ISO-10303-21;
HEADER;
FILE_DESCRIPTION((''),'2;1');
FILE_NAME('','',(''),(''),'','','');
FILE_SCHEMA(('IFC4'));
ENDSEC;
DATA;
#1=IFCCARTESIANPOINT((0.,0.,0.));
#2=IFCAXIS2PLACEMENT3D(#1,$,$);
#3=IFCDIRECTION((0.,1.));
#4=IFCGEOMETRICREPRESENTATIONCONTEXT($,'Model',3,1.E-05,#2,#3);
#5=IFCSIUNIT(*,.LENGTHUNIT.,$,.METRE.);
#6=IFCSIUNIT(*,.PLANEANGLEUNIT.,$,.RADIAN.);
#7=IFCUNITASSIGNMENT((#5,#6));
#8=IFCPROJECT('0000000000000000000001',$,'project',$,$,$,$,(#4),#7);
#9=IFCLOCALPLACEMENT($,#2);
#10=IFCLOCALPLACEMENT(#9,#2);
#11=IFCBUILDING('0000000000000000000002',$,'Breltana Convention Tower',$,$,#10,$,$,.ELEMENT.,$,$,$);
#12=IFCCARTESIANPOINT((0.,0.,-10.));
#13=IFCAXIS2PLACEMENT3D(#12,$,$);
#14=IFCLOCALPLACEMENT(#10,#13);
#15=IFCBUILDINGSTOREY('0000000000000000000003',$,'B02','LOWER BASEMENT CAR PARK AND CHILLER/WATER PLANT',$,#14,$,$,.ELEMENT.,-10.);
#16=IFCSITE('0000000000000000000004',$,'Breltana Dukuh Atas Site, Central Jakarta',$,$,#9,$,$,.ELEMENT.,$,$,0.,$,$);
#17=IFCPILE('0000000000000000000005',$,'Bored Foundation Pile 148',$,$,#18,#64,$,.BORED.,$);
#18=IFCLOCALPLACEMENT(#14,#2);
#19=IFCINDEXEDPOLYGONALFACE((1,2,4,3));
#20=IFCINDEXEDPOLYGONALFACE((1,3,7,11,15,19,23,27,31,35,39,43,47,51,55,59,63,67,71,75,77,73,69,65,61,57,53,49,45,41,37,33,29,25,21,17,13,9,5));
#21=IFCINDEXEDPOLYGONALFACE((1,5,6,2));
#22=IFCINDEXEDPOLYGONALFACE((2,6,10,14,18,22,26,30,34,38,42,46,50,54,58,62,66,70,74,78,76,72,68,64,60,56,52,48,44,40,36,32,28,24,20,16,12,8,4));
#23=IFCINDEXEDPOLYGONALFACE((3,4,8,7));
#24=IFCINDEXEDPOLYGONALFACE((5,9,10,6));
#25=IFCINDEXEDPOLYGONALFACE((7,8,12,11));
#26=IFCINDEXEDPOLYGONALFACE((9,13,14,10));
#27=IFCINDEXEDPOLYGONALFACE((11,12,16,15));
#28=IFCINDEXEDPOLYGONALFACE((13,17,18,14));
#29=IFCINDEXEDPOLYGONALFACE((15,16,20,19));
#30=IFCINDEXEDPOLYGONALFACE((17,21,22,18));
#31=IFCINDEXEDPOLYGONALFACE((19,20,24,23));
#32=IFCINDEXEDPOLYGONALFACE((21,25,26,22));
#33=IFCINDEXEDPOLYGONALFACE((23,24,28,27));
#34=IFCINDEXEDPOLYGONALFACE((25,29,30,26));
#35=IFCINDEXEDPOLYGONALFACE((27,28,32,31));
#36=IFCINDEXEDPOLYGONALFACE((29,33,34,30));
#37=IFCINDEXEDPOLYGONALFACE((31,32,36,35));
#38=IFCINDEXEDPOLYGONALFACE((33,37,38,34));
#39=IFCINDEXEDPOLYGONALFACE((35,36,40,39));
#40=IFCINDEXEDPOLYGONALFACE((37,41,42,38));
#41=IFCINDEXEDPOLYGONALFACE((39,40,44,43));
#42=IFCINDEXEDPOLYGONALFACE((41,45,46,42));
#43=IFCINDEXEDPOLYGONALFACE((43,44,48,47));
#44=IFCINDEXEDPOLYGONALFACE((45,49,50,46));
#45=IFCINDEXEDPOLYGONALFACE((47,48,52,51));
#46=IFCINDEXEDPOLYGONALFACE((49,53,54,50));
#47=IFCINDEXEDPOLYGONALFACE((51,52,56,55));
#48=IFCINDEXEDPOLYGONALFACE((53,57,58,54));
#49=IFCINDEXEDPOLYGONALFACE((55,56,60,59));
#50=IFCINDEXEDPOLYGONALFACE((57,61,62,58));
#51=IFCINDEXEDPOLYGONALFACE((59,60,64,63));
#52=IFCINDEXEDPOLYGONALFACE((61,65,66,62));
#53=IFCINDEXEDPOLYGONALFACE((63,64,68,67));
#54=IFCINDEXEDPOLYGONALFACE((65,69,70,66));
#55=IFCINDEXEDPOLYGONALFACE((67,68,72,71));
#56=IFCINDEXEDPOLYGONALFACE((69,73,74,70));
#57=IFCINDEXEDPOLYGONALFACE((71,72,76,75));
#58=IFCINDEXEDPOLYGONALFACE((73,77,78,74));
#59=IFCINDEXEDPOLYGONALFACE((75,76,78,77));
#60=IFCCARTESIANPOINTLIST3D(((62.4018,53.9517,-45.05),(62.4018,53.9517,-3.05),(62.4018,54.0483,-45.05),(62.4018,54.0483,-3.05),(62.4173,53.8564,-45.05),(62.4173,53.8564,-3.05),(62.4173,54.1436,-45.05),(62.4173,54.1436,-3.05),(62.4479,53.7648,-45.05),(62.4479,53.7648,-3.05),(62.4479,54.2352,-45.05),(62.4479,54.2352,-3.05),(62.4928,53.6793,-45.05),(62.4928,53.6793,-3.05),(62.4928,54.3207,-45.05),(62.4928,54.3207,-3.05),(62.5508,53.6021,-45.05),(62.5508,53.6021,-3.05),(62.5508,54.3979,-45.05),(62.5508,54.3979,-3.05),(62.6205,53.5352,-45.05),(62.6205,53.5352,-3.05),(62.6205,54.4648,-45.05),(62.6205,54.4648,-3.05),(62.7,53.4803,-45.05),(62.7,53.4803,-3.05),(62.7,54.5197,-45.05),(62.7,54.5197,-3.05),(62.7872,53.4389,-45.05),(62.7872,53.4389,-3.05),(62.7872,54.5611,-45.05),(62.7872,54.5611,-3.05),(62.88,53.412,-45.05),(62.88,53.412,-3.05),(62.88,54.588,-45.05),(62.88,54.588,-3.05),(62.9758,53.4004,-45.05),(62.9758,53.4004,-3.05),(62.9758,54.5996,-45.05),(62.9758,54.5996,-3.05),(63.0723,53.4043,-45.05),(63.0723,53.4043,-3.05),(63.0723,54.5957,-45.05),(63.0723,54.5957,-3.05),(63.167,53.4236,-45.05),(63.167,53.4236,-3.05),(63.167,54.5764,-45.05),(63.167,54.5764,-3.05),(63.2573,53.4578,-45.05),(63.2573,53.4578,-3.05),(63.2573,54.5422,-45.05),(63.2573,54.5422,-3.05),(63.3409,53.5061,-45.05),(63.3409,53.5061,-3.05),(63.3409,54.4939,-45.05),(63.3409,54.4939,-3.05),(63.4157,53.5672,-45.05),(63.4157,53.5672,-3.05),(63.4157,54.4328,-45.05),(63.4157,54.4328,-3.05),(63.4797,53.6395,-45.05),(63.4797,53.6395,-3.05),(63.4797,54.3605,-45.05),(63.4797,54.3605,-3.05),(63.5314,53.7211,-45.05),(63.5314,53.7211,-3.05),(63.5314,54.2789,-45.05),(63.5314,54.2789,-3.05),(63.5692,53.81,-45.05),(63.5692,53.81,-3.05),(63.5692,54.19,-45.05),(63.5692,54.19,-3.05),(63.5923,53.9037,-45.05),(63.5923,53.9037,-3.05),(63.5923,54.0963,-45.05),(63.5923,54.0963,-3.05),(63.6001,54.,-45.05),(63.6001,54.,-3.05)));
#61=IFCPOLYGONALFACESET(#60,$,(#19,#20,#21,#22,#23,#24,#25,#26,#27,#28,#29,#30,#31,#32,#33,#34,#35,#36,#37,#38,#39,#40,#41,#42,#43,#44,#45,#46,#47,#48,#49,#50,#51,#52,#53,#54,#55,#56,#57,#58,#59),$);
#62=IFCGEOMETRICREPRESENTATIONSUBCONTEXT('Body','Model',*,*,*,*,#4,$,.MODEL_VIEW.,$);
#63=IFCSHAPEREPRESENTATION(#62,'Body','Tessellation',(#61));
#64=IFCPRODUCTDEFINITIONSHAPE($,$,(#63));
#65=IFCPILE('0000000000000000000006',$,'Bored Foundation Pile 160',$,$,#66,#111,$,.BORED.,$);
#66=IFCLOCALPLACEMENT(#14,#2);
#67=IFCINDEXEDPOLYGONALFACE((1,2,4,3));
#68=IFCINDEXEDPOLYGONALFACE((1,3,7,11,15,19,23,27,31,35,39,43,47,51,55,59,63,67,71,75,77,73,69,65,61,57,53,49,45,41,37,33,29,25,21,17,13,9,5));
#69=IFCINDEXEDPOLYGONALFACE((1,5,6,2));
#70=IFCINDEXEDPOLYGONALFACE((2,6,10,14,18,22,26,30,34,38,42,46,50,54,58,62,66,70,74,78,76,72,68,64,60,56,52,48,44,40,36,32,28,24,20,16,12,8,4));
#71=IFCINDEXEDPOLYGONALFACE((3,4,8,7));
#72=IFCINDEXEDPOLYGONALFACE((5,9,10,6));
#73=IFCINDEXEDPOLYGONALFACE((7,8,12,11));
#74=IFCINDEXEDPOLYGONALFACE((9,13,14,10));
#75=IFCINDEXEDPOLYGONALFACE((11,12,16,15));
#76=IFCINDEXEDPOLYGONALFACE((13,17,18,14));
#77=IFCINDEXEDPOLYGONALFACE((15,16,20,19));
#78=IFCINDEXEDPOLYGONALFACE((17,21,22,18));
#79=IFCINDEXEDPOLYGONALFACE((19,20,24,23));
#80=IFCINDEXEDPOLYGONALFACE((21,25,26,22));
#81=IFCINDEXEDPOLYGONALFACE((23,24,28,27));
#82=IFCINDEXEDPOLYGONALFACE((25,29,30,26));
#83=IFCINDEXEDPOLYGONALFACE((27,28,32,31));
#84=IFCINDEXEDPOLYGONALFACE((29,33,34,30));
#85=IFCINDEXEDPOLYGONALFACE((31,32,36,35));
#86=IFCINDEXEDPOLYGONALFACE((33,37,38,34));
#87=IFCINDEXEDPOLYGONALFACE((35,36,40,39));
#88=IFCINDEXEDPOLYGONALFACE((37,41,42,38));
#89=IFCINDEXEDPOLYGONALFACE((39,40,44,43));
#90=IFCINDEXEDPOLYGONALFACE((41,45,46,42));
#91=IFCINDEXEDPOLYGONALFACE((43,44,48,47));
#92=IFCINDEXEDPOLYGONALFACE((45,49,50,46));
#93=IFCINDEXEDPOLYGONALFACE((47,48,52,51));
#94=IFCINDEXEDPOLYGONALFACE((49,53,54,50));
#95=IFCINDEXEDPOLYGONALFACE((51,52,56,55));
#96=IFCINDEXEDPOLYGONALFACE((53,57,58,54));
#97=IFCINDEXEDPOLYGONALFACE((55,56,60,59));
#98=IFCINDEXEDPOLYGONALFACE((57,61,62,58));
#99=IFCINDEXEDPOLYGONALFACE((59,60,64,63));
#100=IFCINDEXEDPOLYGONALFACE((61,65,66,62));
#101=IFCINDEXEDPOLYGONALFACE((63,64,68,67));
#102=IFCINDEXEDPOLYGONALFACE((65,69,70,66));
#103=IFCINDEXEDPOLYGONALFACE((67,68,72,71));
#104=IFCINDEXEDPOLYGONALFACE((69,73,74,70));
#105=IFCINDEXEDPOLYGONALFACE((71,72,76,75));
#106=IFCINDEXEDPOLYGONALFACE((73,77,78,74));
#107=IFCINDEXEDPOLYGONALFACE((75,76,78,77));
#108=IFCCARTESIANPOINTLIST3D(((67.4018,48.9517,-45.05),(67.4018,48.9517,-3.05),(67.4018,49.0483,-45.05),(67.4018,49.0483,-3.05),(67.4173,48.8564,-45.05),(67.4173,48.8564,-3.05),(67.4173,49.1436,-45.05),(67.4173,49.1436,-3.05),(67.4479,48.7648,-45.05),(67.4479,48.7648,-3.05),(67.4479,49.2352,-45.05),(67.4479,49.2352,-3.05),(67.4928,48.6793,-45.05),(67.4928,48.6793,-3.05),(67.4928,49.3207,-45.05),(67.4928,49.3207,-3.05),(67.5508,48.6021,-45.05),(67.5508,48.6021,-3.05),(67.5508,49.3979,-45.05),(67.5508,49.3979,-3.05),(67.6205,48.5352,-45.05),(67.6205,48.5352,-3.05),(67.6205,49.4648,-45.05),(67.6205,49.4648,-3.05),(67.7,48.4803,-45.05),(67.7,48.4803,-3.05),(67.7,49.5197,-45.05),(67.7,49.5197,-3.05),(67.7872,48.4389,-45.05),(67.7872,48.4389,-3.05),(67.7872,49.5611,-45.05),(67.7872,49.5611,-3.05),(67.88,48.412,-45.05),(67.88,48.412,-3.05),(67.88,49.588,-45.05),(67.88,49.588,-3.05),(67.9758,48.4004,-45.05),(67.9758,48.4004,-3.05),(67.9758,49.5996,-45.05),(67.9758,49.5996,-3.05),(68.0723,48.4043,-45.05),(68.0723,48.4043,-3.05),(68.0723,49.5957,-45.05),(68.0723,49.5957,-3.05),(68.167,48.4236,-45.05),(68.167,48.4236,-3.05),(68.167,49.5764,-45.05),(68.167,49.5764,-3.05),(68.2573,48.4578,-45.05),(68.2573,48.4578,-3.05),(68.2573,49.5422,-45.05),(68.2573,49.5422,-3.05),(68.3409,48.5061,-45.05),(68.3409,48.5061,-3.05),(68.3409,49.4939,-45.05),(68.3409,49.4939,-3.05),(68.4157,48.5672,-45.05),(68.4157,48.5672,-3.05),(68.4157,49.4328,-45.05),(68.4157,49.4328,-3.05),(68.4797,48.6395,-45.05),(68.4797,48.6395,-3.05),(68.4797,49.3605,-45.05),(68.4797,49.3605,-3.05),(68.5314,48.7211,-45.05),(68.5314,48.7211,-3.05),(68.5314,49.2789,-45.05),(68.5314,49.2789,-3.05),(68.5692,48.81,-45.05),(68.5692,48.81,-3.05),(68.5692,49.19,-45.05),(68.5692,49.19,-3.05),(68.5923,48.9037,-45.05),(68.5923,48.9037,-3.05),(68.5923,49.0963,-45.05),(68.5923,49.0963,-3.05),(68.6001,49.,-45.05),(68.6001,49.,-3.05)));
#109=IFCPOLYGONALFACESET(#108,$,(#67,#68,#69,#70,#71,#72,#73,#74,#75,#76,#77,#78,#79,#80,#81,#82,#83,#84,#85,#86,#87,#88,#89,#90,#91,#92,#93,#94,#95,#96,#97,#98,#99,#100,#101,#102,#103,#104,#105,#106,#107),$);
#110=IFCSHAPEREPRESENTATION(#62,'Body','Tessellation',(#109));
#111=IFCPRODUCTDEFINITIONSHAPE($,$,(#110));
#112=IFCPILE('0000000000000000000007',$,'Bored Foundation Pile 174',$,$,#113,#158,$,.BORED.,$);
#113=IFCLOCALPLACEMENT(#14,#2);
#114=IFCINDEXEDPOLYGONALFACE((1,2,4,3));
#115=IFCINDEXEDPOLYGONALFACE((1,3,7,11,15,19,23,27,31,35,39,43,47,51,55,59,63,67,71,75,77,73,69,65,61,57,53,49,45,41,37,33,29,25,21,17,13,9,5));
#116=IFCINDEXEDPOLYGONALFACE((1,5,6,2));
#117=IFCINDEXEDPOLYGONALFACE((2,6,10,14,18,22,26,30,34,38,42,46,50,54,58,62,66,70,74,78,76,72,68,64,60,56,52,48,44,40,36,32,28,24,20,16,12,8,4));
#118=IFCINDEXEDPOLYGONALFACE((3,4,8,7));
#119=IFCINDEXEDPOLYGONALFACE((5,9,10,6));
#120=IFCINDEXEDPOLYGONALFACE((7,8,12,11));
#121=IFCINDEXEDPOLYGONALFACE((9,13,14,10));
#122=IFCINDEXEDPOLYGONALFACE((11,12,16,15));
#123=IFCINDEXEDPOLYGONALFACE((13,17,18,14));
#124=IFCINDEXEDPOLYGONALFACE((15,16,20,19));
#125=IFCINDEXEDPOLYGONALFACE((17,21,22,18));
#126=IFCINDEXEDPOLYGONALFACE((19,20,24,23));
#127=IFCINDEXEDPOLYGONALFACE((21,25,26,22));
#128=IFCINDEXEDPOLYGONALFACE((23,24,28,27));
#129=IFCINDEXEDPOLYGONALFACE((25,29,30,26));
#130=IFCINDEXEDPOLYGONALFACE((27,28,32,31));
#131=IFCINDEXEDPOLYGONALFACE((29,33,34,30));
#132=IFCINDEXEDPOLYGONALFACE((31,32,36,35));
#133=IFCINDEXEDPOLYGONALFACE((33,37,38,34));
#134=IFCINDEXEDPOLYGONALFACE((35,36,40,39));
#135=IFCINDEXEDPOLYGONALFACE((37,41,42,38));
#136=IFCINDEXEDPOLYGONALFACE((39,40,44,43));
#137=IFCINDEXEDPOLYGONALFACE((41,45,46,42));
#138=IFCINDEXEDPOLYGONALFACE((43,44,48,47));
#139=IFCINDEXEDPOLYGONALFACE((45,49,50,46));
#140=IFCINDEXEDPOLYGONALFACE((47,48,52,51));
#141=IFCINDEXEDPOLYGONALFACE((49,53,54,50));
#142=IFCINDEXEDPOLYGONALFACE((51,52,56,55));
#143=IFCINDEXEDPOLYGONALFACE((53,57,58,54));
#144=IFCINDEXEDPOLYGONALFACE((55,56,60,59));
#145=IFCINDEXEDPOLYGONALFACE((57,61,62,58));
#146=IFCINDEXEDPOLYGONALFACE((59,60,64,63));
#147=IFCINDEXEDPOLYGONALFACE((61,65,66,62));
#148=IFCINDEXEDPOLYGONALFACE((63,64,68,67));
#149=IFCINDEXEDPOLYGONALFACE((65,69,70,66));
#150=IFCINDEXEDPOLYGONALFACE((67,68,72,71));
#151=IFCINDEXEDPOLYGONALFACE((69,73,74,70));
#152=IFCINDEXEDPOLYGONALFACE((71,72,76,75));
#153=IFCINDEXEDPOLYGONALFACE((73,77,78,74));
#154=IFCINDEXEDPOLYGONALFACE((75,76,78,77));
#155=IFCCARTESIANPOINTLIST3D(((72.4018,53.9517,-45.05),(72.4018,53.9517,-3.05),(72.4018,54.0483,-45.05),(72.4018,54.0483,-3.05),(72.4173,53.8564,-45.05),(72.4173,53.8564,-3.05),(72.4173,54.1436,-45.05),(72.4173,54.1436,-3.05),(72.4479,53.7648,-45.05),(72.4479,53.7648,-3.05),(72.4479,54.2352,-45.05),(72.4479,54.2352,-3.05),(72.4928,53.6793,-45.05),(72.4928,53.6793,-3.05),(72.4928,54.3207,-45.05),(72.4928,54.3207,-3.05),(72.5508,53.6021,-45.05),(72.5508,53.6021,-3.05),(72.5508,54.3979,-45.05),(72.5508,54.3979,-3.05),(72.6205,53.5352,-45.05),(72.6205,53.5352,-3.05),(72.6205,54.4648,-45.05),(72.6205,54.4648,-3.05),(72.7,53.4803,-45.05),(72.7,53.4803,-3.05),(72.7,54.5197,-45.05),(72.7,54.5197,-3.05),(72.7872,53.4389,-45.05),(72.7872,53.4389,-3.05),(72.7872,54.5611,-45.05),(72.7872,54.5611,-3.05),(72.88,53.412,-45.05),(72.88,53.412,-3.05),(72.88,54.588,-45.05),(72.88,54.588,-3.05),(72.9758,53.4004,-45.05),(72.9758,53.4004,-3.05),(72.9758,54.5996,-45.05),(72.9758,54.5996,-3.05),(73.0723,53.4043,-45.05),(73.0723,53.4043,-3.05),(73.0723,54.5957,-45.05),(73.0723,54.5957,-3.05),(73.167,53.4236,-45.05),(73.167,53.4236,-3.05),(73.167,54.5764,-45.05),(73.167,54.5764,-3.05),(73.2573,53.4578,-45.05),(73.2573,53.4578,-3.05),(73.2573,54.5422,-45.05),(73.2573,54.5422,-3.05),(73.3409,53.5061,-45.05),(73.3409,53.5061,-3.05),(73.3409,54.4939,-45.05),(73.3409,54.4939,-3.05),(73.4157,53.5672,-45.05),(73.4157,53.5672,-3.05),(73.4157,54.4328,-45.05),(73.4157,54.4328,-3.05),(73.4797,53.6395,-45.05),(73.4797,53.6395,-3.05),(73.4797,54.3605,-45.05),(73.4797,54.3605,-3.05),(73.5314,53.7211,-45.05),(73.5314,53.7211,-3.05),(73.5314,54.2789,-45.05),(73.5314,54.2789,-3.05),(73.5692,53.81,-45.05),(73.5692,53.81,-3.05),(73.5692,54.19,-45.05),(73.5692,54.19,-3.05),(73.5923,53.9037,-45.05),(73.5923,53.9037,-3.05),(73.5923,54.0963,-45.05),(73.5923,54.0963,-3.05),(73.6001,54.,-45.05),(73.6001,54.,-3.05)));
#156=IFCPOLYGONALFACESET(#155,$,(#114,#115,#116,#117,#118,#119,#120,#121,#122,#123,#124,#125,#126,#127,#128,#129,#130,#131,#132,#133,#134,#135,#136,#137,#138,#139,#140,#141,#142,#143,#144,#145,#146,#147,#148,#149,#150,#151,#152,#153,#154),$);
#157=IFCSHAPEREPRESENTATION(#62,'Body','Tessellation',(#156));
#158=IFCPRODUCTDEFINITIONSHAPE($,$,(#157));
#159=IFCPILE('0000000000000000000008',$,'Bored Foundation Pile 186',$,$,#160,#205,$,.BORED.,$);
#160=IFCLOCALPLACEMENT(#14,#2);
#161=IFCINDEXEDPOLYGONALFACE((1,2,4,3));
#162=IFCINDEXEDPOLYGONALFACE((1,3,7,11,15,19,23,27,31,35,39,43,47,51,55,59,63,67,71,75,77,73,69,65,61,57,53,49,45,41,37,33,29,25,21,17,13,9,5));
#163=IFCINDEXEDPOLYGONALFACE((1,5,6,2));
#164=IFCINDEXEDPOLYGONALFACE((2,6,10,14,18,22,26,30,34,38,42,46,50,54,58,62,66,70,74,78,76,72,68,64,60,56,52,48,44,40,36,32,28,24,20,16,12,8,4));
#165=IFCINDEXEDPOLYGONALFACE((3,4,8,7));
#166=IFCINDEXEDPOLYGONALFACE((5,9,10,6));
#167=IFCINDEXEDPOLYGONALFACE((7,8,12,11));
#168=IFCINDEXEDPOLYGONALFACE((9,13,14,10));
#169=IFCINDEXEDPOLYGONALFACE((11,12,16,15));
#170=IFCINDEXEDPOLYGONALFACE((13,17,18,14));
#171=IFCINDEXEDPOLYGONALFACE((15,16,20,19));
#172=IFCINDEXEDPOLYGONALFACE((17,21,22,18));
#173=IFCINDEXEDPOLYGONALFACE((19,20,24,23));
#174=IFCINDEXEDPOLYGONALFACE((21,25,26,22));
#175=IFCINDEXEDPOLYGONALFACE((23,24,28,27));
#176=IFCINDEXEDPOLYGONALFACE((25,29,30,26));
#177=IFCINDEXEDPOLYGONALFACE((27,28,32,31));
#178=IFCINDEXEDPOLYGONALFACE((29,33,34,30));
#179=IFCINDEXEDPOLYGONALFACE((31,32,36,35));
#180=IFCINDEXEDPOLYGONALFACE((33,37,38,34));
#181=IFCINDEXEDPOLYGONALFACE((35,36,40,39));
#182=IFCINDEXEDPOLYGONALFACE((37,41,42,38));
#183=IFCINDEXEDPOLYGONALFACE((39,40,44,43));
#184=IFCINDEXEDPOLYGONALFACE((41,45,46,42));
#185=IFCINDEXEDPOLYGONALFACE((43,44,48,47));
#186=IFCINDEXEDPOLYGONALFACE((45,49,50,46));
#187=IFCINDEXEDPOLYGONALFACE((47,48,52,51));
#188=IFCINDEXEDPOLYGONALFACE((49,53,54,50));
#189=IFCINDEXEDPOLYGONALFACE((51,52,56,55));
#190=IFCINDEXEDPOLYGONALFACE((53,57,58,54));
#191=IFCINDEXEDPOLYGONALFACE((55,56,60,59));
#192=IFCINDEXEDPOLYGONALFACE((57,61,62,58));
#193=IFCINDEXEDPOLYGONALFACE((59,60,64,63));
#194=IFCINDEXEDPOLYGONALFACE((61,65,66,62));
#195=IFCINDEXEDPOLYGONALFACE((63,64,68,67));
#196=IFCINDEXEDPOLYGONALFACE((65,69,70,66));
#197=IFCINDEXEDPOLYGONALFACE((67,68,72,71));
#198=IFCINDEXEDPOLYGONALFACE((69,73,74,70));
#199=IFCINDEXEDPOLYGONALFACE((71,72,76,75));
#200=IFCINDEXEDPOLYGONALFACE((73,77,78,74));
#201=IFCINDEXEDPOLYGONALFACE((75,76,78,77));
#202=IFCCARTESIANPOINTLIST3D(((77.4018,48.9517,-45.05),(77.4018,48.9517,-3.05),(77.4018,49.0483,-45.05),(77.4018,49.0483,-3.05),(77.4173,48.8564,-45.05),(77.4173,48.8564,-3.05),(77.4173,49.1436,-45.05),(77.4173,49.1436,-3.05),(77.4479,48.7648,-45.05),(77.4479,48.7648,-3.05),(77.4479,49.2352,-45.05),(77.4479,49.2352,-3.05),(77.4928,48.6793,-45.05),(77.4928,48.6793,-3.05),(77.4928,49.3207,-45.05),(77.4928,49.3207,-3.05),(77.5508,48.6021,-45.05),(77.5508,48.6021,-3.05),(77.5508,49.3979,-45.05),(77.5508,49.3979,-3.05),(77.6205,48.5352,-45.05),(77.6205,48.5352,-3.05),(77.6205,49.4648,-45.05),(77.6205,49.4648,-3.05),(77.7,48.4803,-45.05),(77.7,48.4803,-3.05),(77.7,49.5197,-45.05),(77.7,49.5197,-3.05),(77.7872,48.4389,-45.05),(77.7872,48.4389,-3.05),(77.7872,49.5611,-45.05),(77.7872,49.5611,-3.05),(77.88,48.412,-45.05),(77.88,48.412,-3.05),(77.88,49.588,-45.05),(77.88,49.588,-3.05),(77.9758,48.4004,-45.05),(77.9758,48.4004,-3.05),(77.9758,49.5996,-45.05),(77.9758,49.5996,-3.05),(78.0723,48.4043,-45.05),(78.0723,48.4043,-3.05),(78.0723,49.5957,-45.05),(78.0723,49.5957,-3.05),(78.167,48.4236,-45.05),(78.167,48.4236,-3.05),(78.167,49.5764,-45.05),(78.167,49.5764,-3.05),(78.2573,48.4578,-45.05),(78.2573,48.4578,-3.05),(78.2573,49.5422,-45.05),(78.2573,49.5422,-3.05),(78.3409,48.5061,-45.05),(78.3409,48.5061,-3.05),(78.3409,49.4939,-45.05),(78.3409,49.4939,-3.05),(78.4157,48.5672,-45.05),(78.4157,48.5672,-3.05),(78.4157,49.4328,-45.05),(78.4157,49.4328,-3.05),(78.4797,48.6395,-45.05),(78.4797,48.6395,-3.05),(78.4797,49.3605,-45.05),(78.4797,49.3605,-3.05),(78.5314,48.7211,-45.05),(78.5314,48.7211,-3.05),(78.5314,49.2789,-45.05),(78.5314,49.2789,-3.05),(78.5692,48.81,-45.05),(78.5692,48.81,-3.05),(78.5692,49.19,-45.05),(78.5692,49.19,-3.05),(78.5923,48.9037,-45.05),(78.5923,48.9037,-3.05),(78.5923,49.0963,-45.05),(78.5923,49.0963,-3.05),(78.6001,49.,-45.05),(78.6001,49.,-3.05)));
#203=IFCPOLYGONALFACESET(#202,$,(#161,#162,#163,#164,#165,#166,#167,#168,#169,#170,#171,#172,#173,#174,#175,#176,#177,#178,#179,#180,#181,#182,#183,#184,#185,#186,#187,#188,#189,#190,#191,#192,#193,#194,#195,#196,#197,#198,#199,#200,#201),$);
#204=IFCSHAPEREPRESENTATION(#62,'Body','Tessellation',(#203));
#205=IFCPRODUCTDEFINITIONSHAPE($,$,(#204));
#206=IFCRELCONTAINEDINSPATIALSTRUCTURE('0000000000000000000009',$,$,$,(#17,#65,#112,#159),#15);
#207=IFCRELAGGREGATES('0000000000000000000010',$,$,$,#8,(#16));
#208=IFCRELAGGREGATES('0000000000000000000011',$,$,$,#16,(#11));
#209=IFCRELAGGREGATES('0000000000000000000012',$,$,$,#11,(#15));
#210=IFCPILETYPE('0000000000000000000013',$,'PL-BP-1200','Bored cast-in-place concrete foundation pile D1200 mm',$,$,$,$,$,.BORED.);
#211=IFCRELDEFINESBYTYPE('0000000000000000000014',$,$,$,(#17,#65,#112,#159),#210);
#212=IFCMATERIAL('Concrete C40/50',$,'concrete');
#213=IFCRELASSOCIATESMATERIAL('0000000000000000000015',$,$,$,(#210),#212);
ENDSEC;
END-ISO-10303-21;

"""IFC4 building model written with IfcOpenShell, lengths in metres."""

from ifc_helpers import new_model, si_unit, direction, frame, origin, origin_2d, place, context, subcontext, project, spatial, circle, extrude, source, transform, mapped, material, material_profile, profile_set, type_object, type_shapes, element, save


model = new_model("IFC4")

# Units and contexts
model_context = context("Model", 3, precision=1e-05, world=origin(), true_north=direction((0.0, 1.0)))
body_context = subcontext(model_context, "Body", "Model", "MODEL_VIEW")
ifc_project = project(units=[si_unit("LENGTHUNIT", "METRE"), si_unit("PLANEANGLEUNIT", "RADIAN")], contexts=[model_context])

# Site, building, storey
site_placement = place(None, origin())
site = spatial("IfcSite", under=ifc_project, at=site_placement, Name="Breltana Dukuh Atas Site, Central Jakarta", CompositionType="ELEMENT", RefElevation=0.0)
building_placement = place(site_placement, origin())
building = spatial("IfcBuilding", under=site, at=building_placement, Name="Breltana Convention Tower", CompositionType="ELEMENT")
storey_placement = place(building_placement, frame((0.0, 0.0, -10.0)))
storey = spatial("IfcBuildingStorey", under=building, at=storey_placement, Name="B02", Description="LOWER BASEMENT CAR PARK AND CHILLER/WATER PLANT", CompositionType="ELEMENT", Elevation=-10.0)

# Piles
ifc_material_1 = material(Name="Concrete C40/50", Category="concrete")
ifc_material_profile_1 = material_profile(ifc_material_1, circle(Radius=0.6001, at=origin_2d()), Name="BP-D1200")
ifc_profile_set_1 = profile_set([ifc_material_profile_1], Name="Concrete C40/50")
pile_type_1 = type_object("IfcPileType", Name="PL-BP-1200", Description="Bored cast-in-place concrete foundation pile D1200 mm", PredefinedType="BORED", material=ifc_profile_set_1)
shared_shape_1 = source(origin(), body_context, "Body", "SweptSolid", [
    extrude(circle(Radius=0.6001, at=origin_2d()), origin(), (0.0, 0.0, 1.0), 42.0),
])
type_shapes(pile_type_1, [shared_shape_1])
for number, where, z_axis, x_axis, name in (
    (1, (63.0, 54.0, -3.05), (0.0, 0.0, -1.0), (1.0, 0.0, 0.0), "Bored Foundation Pile 148"),
    (2, (68.0, 49.0, -3.05), (0.0, 0.0, -1.0), (1.0, 0.0, 0.0), "Bored Foundation Pile 160"),
    (3, (73.0, 54.0, -3.05), (0.0, 0.0, -1.0), (1.0, 0.0, 0.0), "Bored Foundation Pile 174"),
    (4, (78.0, 49.0, -3.05), (0.0, 0.0, -1.0), (1.0, 0.0, 0.0), "Bored Foundation Pile 186"),
):
    element("IfcPile", number, at=place(storey_placement, frame(where, z_axis=z_axis, x_axis=x_axis)), inside=storey, type_object=pile_type_1, Name=name, PredefinedType="BORED", context=body_context, shape_type="MappedRepresentation", body=[
        mapped(shared_shape_1, transform((0.0, 0.0, 0.0), scale=1.0)),
    ])

save(model, "model.ifc")
